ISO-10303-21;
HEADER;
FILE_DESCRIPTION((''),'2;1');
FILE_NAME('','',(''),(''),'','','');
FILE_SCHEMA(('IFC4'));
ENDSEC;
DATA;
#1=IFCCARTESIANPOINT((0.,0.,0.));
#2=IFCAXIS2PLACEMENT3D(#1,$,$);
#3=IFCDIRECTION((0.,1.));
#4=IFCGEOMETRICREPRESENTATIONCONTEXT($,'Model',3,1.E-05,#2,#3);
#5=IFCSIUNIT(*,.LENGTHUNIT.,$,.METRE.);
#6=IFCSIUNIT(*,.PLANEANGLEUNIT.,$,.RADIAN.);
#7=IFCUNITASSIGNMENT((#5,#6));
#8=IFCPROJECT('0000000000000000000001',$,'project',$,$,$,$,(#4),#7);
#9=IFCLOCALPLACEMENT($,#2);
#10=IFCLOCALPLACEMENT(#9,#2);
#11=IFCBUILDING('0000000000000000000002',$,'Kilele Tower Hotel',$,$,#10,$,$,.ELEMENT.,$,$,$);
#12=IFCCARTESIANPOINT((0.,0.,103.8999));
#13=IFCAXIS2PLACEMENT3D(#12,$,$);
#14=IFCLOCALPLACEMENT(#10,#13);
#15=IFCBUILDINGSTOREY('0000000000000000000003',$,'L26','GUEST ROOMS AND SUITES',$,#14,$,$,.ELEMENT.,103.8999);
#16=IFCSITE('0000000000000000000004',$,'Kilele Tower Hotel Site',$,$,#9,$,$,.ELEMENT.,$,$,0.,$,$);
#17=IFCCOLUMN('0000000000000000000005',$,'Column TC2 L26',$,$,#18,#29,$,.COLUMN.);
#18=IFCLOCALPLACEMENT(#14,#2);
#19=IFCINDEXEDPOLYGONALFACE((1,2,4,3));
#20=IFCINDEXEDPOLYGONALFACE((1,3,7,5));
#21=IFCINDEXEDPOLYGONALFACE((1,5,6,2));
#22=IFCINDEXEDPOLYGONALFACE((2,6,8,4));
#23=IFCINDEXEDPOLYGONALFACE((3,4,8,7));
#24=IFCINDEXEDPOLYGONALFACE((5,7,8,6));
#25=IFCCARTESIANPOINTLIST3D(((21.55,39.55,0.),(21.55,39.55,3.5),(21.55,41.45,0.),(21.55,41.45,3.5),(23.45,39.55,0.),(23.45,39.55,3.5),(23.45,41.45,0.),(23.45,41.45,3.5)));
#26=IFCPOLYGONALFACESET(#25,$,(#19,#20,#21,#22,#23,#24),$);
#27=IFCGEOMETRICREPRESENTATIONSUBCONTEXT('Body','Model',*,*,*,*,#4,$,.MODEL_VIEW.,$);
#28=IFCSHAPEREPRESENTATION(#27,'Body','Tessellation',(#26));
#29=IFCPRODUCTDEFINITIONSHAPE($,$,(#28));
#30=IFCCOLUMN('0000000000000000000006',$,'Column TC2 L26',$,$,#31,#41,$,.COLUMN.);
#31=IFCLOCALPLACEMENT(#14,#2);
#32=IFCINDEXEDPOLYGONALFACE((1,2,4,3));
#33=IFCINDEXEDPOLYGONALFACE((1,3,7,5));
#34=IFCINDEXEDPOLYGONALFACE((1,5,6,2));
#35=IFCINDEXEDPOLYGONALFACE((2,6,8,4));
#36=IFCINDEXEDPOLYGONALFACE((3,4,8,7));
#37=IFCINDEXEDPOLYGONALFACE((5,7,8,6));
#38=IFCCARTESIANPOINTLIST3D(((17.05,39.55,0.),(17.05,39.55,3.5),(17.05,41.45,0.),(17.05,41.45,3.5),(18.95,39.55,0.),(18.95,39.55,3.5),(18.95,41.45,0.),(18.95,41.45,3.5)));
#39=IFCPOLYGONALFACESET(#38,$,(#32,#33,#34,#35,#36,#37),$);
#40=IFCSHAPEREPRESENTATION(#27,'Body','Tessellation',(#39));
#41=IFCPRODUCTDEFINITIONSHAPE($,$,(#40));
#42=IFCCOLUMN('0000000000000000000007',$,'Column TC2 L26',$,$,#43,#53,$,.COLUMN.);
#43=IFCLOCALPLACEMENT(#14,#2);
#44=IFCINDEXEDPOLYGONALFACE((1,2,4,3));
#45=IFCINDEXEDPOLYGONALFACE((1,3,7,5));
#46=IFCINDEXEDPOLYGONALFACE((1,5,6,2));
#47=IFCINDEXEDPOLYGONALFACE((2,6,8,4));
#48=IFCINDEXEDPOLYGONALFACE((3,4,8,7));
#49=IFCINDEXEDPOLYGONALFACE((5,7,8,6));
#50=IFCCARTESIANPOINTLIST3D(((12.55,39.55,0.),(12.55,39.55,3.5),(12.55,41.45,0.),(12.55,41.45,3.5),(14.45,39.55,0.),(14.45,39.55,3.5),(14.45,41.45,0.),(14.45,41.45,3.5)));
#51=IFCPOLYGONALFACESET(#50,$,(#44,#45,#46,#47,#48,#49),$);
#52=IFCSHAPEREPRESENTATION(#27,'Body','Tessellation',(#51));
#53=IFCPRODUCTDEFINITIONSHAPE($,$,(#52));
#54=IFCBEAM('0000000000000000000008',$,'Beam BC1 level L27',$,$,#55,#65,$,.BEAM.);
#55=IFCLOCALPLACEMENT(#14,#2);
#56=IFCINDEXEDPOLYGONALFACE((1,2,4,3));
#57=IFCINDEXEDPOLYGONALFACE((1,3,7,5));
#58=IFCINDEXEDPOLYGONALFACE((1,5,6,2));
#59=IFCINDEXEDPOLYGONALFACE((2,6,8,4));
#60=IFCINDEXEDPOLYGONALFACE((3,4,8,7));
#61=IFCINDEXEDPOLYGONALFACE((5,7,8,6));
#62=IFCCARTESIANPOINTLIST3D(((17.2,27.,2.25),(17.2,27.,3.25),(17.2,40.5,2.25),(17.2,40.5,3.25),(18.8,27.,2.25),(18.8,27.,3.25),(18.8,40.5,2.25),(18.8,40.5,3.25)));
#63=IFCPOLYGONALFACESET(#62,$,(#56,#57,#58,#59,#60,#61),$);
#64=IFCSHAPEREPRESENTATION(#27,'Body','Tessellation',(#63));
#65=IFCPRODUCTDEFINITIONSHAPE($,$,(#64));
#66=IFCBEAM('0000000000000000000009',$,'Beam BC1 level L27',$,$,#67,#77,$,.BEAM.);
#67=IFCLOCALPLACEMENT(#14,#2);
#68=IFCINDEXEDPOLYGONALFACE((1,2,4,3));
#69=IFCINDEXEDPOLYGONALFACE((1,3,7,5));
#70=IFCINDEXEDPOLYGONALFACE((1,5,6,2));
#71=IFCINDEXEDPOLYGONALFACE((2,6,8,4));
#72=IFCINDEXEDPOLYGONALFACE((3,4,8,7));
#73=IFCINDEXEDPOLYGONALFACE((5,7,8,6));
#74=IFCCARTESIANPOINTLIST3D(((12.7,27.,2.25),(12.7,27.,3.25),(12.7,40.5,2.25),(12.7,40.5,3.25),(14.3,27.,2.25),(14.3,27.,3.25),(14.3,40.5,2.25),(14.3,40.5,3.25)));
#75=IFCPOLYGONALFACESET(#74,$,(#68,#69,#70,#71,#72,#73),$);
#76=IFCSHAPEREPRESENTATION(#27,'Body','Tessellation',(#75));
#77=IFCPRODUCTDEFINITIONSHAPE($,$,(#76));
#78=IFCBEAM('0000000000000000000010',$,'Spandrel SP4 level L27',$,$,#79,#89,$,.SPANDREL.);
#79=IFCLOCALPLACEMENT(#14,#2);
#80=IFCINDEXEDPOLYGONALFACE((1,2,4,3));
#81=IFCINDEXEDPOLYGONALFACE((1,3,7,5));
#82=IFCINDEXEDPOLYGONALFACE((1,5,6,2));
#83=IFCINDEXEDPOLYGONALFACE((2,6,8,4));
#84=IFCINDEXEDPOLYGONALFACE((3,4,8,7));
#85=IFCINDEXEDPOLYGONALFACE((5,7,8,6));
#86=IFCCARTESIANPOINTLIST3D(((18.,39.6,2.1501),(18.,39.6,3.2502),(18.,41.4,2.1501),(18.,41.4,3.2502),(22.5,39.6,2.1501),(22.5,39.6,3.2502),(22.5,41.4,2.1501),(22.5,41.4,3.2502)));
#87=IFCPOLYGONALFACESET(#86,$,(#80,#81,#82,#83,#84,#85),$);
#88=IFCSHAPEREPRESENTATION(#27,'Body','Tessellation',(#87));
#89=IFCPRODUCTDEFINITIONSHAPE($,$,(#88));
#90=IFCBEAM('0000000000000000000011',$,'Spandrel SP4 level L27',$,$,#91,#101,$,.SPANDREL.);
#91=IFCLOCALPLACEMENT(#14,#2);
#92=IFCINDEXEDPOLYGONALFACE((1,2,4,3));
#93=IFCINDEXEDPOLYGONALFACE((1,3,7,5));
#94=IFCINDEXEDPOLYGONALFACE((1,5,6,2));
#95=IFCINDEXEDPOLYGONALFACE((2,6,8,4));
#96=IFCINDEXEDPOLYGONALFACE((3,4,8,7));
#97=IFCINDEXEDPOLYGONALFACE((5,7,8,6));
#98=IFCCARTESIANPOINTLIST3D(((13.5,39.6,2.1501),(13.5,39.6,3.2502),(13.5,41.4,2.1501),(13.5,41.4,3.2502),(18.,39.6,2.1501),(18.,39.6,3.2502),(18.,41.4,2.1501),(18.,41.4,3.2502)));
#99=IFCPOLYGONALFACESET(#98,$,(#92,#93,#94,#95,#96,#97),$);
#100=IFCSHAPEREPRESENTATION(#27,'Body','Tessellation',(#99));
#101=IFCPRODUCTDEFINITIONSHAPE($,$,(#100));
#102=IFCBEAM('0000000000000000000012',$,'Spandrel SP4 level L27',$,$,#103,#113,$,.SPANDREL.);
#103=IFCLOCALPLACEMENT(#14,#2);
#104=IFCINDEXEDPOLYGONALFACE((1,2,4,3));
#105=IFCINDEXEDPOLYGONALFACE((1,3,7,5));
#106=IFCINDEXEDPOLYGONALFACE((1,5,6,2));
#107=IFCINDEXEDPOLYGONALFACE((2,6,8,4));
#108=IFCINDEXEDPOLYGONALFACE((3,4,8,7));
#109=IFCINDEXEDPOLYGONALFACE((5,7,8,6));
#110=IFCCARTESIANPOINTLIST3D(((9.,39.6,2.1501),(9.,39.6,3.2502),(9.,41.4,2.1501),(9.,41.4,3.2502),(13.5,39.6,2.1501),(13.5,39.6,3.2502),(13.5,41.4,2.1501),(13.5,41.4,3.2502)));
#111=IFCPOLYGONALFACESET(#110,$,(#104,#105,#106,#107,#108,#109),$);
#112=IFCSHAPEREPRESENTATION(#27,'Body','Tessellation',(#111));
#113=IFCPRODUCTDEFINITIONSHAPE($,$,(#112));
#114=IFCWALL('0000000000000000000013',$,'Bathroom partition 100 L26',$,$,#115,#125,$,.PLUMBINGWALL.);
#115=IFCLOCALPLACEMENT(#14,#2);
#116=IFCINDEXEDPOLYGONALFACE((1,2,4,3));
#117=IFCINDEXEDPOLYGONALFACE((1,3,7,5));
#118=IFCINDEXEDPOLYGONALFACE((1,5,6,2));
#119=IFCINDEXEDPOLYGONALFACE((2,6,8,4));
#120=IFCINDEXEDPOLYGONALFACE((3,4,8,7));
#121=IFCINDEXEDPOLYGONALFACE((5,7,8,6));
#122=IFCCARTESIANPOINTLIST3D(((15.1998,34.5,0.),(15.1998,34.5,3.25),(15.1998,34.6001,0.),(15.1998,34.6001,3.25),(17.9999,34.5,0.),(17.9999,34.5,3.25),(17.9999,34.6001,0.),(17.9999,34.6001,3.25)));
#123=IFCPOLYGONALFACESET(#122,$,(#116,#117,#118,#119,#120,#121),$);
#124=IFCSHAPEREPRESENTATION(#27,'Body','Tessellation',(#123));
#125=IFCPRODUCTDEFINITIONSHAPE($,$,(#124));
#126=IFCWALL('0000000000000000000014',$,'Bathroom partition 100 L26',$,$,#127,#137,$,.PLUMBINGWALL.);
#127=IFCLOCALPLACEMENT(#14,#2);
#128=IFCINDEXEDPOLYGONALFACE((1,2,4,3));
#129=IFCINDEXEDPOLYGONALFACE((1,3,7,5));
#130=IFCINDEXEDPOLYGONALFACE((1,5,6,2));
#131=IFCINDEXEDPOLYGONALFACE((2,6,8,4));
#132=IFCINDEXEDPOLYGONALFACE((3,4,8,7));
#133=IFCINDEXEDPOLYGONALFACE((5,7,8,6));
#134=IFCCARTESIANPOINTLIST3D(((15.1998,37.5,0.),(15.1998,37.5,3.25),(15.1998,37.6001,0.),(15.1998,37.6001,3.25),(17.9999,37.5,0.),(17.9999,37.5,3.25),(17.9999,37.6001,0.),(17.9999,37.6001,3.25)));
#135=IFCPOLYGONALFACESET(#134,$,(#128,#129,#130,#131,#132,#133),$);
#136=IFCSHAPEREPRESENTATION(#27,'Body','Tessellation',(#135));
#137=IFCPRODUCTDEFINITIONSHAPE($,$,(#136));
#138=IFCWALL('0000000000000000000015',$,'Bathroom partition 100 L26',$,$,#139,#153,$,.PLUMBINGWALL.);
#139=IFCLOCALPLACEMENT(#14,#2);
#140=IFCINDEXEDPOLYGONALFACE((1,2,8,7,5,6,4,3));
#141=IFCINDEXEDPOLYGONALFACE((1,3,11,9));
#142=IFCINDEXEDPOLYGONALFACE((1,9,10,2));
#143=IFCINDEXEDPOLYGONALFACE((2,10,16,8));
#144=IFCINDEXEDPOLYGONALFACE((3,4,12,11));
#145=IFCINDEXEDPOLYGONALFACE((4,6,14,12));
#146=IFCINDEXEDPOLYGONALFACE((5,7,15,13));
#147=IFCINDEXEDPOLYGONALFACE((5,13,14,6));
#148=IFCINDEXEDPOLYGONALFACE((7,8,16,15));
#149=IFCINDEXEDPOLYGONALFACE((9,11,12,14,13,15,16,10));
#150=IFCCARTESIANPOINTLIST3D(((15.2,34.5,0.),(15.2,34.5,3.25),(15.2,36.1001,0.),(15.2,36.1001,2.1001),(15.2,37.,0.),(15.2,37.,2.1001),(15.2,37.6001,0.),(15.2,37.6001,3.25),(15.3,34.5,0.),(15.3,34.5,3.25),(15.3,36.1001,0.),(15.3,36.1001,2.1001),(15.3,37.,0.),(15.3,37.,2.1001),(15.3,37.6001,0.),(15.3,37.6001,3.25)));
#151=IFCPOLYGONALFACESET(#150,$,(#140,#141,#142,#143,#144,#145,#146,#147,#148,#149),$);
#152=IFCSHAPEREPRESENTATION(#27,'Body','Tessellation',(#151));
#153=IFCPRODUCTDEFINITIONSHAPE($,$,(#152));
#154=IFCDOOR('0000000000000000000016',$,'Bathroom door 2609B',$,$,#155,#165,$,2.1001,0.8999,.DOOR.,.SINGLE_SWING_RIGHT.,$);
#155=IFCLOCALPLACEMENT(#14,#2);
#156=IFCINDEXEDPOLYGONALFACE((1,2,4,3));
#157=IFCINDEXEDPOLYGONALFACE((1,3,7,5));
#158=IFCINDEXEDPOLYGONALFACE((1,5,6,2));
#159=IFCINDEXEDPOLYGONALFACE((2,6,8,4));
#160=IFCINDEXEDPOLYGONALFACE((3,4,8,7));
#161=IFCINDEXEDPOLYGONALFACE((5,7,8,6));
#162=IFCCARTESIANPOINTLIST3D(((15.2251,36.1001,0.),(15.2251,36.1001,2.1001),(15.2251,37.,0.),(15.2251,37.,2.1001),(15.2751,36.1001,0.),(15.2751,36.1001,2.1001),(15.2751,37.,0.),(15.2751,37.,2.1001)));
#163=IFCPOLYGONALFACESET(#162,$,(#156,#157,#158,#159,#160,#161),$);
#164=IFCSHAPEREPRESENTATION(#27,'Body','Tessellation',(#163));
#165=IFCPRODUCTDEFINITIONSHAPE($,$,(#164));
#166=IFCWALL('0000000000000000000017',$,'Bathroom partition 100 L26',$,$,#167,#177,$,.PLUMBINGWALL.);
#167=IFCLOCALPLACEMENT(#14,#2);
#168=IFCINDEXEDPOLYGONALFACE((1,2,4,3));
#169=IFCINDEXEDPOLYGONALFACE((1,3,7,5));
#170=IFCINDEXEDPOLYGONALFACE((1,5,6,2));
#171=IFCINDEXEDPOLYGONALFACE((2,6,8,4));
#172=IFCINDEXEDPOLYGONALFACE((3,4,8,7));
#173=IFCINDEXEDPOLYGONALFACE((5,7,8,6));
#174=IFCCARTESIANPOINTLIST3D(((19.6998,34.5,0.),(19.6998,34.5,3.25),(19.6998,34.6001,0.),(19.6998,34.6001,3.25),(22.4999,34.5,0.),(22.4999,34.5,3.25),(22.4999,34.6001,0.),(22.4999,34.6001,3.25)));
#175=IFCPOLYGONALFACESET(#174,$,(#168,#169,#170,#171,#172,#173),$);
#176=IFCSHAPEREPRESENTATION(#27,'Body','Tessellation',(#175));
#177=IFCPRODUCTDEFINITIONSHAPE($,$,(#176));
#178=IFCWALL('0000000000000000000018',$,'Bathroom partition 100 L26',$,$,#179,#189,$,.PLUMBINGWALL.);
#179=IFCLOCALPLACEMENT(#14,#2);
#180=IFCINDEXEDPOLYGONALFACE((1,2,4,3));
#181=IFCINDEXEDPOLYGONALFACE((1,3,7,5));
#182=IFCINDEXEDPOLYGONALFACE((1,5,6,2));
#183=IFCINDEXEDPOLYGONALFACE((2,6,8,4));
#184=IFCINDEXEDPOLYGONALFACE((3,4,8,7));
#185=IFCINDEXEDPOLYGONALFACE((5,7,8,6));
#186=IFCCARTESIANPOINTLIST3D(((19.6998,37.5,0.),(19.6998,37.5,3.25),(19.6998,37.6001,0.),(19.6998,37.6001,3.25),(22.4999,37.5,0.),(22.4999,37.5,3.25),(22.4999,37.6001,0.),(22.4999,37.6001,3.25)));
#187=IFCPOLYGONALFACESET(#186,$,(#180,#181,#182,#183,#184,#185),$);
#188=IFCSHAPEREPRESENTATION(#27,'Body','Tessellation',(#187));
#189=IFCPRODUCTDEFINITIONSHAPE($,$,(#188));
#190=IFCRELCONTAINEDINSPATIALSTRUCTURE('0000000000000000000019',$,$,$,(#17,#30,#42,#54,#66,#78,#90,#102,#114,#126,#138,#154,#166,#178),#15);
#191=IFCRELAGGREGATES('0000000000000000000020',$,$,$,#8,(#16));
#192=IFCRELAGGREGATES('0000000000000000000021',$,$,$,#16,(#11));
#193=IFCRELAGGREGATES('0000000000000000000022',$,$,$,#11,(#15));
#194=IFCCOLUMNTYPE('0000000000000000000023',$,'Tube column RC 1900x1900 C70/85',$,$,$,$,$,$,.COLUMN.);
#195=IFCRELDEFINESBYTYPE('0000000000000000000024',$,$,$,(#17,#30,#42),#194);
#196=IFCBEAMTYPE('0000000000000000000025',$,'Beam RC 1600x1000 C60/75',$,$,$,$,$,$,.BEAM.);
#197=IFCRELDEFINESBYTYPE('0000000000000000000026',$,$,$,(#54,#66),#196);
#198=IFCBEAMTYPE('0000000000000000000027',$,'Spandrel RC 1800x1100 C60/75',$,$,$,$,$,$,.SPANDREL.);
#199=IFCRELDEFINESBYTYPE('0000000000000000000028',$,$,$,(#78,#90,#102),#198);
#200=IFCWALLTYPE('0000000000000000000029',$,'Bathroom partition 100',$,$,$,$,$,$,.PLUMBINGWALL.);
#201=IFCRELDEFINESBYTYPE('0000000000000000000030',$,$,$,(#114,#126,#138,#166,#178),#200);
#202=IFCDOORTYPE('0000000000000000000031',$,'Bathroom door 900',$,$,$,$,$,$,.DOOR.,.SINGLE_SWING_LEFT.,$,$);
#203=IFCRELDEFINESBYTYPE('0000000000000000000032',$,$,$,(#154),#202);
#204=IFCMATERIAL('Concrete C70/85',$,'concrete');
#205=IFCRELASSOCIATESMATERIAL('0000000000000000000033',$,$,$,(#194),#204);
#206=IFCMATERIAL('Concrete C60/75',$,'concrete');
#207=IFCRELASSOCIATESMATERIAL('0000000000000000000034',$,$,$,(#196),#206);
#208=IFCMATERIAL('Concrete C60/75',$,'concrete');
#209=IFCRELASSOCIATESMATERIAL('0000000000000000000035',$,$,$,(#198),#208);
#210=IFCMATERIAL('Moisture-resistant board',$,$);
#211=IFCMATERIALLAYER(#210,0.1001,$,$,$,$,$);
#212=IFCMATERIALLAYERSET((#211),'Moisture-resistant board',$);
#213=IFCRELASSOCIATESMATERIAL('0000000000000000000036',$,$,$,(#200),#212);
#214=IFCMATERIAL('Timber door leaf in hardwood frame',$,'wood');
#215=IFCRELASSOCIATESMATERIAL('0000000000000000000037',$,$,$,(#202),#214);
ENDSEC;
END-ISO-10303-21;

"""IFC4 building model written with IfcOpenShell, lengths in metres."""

from ifc_helpers import new_model, si_unit, direction, frame, frame_2d, origin, origin_2d, place, context, subcontext, project, spatial, rectangle, extrude, material, layer, layer_set, material_profile, profile_set, type_object, element, fill, save


model = new_model("IFC4")

# Units and contexts
model_context = context("Model", 3, precision=1e-05, world=origin(), true_north=direction((0.0, 1.0)))
body_context = subcontext(model_context, "Body", "Model", "MODEL_VIEW")
ifc_project = project(units=[si_unit("LENGTHUNIT", "METRE"), si_unit("PLANEANGLEUNIT", "RADIAN")], contexts=[model_context])

# Site, building, storey
site_placement = place(None, origin())
site = spatial("IfcSite", under=ifc_project, at=site_placement, Name="Kilele Tower Hotel Site", CompositionType="ELEMENT", RefElevation=0.0)
building_placement = place(site_placement, origin())
building = spatial("IfcBuilding", under=site, at=building_placement, Name="Kilele Tower Hotel", CompositionType="ELEMENT")
storey_placement = place(building_placement, frame((0.0, 0.0, 103.8999)))
storey = spatial("IfcBuildingStorey", under=building, at=storey_placement, Name="L26", Description="GUEST ROOMS AND SUITES", CompositionType="ELEMENT", Elevation=103.8999)

# Columns
ifc_material_1 = material(Name="Concrete C70/85", Category="concrete")
ifc_material_profile_1 = material_profile(ifc_material_1, rectangle(XDim=1.8999, YDim=1.8999, at=origin_2d()))
ifc_profile_set_1 = profile_set([ifc_material_profile_1], Name="Concrete C70/85")
column_type = type_object("IfcColumnType", Name="Tube column RC 1900x1900 C70/85", PredefinedType="COLUMN", material=ifc_profile_set_1)
for number, where, z_axis, x_axis, name in (
    (1, (22.5, 40.5, 0.0), (0.0, 0.0, 1.0), (1.0, 0.0, 0.0), "Column TC2 L26"),
    (2, (18.0, 40.5, 0.0), (0.0, 0.0, 1.0), (1.0, 0.0, 0.0), "Column TC2 L26"),
    (3, (13.5, 40.5, 0.0), (0.0, 0.0, 1.0), (1.0, 0.0, 0.0), "Column TC2 L26"),
):
    element("IfcColumn", number, at=place(storey_placement, frame(where, z_axis=z_axis, x_axis=x_axis)), inside=storey, type_object=column_type, Name=name, PredefinedType="COLUMN", context=body_context, shape_type="SweptSolid", body=[
        extrude(rectangle(XDim=1.8999, YDim=1.8999, at=origin_2d()), origin(), (0.0, 0.0, 1.0), 3.5),
    ])

# Beams
ifc_material_2 = material(Name="Concrete C60/75", Category="concrete")
ifc_material_profile_2 = material_profile(ifc_material_2, rectangle(XDim=1.6001, YDim=1.0, at=origin_2d()))
ifc_profile_set_2 = profile_set([ifc_material_profile_2], Name="Concrete C60/75")
beam_type_1 = type_object("IfcBeamType", Name="Beam RC 1600x1000 C60/75", PredefinedType="BEAM", material=ifc_profile_set_2)
for number, where, z_axis, x_axis, name in (
    (4, (18.0, 40.5, 2.75), (0.0, -1.0, 0.0), (1.0, 0.0, 0.0), "Beam BC1 level L27"),
    (5, (13.5, 40.5, 2.75), (0.0, -1.0, 0.0), (1.0, 0.0, 0.0), "Beam BC1 level L27"),
):
    element("IfcBeam", number, at=place(storey_placement, frame(where, z_axis=z_axis, x_axis=x_axis)), inside=storey, type_object=beam_type_1, Name=name, PredefinedType="BEAM", context=body_context, shape_type="SweptSolid", body=[
        extrude(rectangle(XDim=1.6001, YDim=1.0, at=origin_2d()), origin(), (0.0, 0.0, 1.0), 13.5),
    ])
ifc_material_3 = material(Name="Concrete C60/75", Category="concrete")
ifc_material_profile_3 = material_profile(ifc_material_3, rectangle(XDim=1.8, YDim=1.1001, at=origin_2d()))
ifc_profile_set_3 = profile_set([ifc_material_profile_3], Name="Concrete C60/75")
beam_type_2 = type_object("IfcBeamType", Name="Spandrel RC 1800x1100 C60/75", PredefinedType="SPANDREL", material=ifc_profile_set_3)
for number, where, z_axis, x_axis, name in (
    (6, (22.5, 40.5, 2.7002), (-1.0, 0.0, 0.0), (0.0, -1.0, 0.0), "Spandrel SP4 level L27"),
    (7, (18.0, 40.5, 2.7002), (-1.0, 0.0, 0.0), (0.0, -1.0, 0.0), "Spandrel SP4 level L27"),
    (8, (13.5, 40.5, 2.7002), (-1.0, 0.0, 0.0), (0.0, -1.0, 0.0), "Spandrel SP4 level L27"),
):
    element("IfcBeam", number, at=place(storey_placement, frame(where, z_axis=z_axis, x_axis=x_axis)), inside=storey, type_object=beam_type_2, Name=name, PredefinedType="SPANDREL", context=body_context, shape_type="SweptSolid", body=[
        extrude(rectangle(XDim=1.8, YDim=1.1001, at=origin_2d()), origin(), (0.0, 0.0, 1.0), 4.5),
    ])

# Walls
ifc_material_4 = material(Name="Moisture-resistant board")
ifc_layer_1 = layer(ifc_material_4, 0.1001)
ifc_layer_set_1 = layer_set([ifc_layer_1], Name="Moisture-resistant board")
wall_type_1 = type_object("IfcWallType", Name="Bathroom partition 100", PredefinedType="PLUMBINGWALL", material=ifc_layer_set_1)
for number, where, z_axis, x_axis, name in (
    (9, (15.2, 34.55, 0.0), (0.0, 0.0, 1.0), (1.0, 0.0, 0.0), "Bathroom partition 100 L26"),
    (10, (15.2, 37.55, 0.0), (0.0, 0.0, 1.0), (1.0, 0.0, 0.0), "Bathroom partition 100 L26"),
):
    element("IfcWall", number, at=place(storey_placement, frame(where, z_axis=z_axis, x_axis=x_axis)), inside=storey, type_object=wall_type_1, Name=name, PredefinedType="PLUMBINGWALL", context=body_context, shape_type="SweptSolid", body=[
        extrude(rectangle(XDim=2.8, YDim=0.1001, at=frame_2d((1.3999, 0.0))), origin(), (0.0, 0.0, 1.0), 3.25),
    ])

# Wall, opening, door
wall_1_placement = place(storey_placement, frame((15.25, 34.5, 0.0), z_axis=(0.0, 0.0, 1.0), x_axis=(0.0, 1.0, 0.0)))
wall_1 = element("IfcWall", 11, at=wall_1_placement, inside=storey, type_object=wall_type_1, Name="Bathroom partition 100 L26", PredefinedType="PLUMBINGWALL", context=body_context, shape_type="SweptSolid", body=[
    extrude(rectangle(XDim=3.1001, YDim=0.1001, at=frame_2d((1.55, 0.0))), origin(), (0.0, 0.0, 1.0), 3.25),
])
opening_1_placement = place(wall_1_placement, frame((1.6001, 0.0, 0.0)))
opening_1 = element("IfcOpeningElement", 12, at=opening_1_placement, cuts=wall_1, PredefinedType="OPENING", context=body_context, shape_type="SweptSolid", body=[
    extrude(rectangle(XDim=0.8999, YDim=2.1001, at=frame_2d((0.45, 1.05))), frame((0.0, 0.0601, 0.0), z_axis=(0.0, -1.0, 0.0), x_axis=(1.0, 0.0, 0.0)), (0.0, 0.0, 1.0), 0.1201),
])
ifc_material_5 = material(Name="Timber door leaf in hardwood frame", Category="wood")
door_type_1 = type_object("IfcDoorType", Name="Bathroom door 900", OperationType="SINGLE_SWING_LEFT", PredefinedType="DOOR", material=ifc_material_5)
door_1_placement = place(opening_1_placement, origin())
door_1 = element("IfcDoor", 13, at=door_1_placement, inside=storey, type_object=door_type_1, Name="Bathroom door 2609B", OperationType="SINGLE_SWING_RIGHT", OverallHeight=2.1001, OverallWidth=0.8999, PredefinedType="DOOR", context=body_context, shape_type="SweptSolid", body=[
    extrude(rectangle(XDim=0.8999, YDim=2.1001, at=frame_2d((0.45, 1.05))), frame((0.0, 0.0249, 0.0), z_axis=(0.0, -1.0, 0.0), x_axis=(1.0, 0.0, 0.0)), (0.0, 0.0, 1.0), 0.05),
])
fill(opening_1, door_1)

# Walls
for number, where, z_axis, x_axis, name in (
    (14, (19.7, 34.55, 0.0), (0.0, 0.0, 1.0), (1.0, 0.0, 0.0), "Bathroom partition 100 L26"),
    (15, (19.7, 37.55, 0.0), (0.0, 0.0, 1.0), (1.0, 0.0, 0.0), "Bathroom partition 100 L26"),
):
    element("IfcWall", number, at=place(storey_placement, frame(where, z_axis=z_axis, x_axis=x_axis)), inside=storey, type_object=wall_type_1, Name=name, PredefinedType="PLUMBINGWALL", context=body_context, shape_type="SweptSolid", body=[
        extrude(rectangle(XDim=2.8, YDim=0.1001, at=frame_2d((1.3999, 0.0))), origin(), (0.0, 0.0, 1.0), 3.25),
    ])

save(model, "model.ifc")
